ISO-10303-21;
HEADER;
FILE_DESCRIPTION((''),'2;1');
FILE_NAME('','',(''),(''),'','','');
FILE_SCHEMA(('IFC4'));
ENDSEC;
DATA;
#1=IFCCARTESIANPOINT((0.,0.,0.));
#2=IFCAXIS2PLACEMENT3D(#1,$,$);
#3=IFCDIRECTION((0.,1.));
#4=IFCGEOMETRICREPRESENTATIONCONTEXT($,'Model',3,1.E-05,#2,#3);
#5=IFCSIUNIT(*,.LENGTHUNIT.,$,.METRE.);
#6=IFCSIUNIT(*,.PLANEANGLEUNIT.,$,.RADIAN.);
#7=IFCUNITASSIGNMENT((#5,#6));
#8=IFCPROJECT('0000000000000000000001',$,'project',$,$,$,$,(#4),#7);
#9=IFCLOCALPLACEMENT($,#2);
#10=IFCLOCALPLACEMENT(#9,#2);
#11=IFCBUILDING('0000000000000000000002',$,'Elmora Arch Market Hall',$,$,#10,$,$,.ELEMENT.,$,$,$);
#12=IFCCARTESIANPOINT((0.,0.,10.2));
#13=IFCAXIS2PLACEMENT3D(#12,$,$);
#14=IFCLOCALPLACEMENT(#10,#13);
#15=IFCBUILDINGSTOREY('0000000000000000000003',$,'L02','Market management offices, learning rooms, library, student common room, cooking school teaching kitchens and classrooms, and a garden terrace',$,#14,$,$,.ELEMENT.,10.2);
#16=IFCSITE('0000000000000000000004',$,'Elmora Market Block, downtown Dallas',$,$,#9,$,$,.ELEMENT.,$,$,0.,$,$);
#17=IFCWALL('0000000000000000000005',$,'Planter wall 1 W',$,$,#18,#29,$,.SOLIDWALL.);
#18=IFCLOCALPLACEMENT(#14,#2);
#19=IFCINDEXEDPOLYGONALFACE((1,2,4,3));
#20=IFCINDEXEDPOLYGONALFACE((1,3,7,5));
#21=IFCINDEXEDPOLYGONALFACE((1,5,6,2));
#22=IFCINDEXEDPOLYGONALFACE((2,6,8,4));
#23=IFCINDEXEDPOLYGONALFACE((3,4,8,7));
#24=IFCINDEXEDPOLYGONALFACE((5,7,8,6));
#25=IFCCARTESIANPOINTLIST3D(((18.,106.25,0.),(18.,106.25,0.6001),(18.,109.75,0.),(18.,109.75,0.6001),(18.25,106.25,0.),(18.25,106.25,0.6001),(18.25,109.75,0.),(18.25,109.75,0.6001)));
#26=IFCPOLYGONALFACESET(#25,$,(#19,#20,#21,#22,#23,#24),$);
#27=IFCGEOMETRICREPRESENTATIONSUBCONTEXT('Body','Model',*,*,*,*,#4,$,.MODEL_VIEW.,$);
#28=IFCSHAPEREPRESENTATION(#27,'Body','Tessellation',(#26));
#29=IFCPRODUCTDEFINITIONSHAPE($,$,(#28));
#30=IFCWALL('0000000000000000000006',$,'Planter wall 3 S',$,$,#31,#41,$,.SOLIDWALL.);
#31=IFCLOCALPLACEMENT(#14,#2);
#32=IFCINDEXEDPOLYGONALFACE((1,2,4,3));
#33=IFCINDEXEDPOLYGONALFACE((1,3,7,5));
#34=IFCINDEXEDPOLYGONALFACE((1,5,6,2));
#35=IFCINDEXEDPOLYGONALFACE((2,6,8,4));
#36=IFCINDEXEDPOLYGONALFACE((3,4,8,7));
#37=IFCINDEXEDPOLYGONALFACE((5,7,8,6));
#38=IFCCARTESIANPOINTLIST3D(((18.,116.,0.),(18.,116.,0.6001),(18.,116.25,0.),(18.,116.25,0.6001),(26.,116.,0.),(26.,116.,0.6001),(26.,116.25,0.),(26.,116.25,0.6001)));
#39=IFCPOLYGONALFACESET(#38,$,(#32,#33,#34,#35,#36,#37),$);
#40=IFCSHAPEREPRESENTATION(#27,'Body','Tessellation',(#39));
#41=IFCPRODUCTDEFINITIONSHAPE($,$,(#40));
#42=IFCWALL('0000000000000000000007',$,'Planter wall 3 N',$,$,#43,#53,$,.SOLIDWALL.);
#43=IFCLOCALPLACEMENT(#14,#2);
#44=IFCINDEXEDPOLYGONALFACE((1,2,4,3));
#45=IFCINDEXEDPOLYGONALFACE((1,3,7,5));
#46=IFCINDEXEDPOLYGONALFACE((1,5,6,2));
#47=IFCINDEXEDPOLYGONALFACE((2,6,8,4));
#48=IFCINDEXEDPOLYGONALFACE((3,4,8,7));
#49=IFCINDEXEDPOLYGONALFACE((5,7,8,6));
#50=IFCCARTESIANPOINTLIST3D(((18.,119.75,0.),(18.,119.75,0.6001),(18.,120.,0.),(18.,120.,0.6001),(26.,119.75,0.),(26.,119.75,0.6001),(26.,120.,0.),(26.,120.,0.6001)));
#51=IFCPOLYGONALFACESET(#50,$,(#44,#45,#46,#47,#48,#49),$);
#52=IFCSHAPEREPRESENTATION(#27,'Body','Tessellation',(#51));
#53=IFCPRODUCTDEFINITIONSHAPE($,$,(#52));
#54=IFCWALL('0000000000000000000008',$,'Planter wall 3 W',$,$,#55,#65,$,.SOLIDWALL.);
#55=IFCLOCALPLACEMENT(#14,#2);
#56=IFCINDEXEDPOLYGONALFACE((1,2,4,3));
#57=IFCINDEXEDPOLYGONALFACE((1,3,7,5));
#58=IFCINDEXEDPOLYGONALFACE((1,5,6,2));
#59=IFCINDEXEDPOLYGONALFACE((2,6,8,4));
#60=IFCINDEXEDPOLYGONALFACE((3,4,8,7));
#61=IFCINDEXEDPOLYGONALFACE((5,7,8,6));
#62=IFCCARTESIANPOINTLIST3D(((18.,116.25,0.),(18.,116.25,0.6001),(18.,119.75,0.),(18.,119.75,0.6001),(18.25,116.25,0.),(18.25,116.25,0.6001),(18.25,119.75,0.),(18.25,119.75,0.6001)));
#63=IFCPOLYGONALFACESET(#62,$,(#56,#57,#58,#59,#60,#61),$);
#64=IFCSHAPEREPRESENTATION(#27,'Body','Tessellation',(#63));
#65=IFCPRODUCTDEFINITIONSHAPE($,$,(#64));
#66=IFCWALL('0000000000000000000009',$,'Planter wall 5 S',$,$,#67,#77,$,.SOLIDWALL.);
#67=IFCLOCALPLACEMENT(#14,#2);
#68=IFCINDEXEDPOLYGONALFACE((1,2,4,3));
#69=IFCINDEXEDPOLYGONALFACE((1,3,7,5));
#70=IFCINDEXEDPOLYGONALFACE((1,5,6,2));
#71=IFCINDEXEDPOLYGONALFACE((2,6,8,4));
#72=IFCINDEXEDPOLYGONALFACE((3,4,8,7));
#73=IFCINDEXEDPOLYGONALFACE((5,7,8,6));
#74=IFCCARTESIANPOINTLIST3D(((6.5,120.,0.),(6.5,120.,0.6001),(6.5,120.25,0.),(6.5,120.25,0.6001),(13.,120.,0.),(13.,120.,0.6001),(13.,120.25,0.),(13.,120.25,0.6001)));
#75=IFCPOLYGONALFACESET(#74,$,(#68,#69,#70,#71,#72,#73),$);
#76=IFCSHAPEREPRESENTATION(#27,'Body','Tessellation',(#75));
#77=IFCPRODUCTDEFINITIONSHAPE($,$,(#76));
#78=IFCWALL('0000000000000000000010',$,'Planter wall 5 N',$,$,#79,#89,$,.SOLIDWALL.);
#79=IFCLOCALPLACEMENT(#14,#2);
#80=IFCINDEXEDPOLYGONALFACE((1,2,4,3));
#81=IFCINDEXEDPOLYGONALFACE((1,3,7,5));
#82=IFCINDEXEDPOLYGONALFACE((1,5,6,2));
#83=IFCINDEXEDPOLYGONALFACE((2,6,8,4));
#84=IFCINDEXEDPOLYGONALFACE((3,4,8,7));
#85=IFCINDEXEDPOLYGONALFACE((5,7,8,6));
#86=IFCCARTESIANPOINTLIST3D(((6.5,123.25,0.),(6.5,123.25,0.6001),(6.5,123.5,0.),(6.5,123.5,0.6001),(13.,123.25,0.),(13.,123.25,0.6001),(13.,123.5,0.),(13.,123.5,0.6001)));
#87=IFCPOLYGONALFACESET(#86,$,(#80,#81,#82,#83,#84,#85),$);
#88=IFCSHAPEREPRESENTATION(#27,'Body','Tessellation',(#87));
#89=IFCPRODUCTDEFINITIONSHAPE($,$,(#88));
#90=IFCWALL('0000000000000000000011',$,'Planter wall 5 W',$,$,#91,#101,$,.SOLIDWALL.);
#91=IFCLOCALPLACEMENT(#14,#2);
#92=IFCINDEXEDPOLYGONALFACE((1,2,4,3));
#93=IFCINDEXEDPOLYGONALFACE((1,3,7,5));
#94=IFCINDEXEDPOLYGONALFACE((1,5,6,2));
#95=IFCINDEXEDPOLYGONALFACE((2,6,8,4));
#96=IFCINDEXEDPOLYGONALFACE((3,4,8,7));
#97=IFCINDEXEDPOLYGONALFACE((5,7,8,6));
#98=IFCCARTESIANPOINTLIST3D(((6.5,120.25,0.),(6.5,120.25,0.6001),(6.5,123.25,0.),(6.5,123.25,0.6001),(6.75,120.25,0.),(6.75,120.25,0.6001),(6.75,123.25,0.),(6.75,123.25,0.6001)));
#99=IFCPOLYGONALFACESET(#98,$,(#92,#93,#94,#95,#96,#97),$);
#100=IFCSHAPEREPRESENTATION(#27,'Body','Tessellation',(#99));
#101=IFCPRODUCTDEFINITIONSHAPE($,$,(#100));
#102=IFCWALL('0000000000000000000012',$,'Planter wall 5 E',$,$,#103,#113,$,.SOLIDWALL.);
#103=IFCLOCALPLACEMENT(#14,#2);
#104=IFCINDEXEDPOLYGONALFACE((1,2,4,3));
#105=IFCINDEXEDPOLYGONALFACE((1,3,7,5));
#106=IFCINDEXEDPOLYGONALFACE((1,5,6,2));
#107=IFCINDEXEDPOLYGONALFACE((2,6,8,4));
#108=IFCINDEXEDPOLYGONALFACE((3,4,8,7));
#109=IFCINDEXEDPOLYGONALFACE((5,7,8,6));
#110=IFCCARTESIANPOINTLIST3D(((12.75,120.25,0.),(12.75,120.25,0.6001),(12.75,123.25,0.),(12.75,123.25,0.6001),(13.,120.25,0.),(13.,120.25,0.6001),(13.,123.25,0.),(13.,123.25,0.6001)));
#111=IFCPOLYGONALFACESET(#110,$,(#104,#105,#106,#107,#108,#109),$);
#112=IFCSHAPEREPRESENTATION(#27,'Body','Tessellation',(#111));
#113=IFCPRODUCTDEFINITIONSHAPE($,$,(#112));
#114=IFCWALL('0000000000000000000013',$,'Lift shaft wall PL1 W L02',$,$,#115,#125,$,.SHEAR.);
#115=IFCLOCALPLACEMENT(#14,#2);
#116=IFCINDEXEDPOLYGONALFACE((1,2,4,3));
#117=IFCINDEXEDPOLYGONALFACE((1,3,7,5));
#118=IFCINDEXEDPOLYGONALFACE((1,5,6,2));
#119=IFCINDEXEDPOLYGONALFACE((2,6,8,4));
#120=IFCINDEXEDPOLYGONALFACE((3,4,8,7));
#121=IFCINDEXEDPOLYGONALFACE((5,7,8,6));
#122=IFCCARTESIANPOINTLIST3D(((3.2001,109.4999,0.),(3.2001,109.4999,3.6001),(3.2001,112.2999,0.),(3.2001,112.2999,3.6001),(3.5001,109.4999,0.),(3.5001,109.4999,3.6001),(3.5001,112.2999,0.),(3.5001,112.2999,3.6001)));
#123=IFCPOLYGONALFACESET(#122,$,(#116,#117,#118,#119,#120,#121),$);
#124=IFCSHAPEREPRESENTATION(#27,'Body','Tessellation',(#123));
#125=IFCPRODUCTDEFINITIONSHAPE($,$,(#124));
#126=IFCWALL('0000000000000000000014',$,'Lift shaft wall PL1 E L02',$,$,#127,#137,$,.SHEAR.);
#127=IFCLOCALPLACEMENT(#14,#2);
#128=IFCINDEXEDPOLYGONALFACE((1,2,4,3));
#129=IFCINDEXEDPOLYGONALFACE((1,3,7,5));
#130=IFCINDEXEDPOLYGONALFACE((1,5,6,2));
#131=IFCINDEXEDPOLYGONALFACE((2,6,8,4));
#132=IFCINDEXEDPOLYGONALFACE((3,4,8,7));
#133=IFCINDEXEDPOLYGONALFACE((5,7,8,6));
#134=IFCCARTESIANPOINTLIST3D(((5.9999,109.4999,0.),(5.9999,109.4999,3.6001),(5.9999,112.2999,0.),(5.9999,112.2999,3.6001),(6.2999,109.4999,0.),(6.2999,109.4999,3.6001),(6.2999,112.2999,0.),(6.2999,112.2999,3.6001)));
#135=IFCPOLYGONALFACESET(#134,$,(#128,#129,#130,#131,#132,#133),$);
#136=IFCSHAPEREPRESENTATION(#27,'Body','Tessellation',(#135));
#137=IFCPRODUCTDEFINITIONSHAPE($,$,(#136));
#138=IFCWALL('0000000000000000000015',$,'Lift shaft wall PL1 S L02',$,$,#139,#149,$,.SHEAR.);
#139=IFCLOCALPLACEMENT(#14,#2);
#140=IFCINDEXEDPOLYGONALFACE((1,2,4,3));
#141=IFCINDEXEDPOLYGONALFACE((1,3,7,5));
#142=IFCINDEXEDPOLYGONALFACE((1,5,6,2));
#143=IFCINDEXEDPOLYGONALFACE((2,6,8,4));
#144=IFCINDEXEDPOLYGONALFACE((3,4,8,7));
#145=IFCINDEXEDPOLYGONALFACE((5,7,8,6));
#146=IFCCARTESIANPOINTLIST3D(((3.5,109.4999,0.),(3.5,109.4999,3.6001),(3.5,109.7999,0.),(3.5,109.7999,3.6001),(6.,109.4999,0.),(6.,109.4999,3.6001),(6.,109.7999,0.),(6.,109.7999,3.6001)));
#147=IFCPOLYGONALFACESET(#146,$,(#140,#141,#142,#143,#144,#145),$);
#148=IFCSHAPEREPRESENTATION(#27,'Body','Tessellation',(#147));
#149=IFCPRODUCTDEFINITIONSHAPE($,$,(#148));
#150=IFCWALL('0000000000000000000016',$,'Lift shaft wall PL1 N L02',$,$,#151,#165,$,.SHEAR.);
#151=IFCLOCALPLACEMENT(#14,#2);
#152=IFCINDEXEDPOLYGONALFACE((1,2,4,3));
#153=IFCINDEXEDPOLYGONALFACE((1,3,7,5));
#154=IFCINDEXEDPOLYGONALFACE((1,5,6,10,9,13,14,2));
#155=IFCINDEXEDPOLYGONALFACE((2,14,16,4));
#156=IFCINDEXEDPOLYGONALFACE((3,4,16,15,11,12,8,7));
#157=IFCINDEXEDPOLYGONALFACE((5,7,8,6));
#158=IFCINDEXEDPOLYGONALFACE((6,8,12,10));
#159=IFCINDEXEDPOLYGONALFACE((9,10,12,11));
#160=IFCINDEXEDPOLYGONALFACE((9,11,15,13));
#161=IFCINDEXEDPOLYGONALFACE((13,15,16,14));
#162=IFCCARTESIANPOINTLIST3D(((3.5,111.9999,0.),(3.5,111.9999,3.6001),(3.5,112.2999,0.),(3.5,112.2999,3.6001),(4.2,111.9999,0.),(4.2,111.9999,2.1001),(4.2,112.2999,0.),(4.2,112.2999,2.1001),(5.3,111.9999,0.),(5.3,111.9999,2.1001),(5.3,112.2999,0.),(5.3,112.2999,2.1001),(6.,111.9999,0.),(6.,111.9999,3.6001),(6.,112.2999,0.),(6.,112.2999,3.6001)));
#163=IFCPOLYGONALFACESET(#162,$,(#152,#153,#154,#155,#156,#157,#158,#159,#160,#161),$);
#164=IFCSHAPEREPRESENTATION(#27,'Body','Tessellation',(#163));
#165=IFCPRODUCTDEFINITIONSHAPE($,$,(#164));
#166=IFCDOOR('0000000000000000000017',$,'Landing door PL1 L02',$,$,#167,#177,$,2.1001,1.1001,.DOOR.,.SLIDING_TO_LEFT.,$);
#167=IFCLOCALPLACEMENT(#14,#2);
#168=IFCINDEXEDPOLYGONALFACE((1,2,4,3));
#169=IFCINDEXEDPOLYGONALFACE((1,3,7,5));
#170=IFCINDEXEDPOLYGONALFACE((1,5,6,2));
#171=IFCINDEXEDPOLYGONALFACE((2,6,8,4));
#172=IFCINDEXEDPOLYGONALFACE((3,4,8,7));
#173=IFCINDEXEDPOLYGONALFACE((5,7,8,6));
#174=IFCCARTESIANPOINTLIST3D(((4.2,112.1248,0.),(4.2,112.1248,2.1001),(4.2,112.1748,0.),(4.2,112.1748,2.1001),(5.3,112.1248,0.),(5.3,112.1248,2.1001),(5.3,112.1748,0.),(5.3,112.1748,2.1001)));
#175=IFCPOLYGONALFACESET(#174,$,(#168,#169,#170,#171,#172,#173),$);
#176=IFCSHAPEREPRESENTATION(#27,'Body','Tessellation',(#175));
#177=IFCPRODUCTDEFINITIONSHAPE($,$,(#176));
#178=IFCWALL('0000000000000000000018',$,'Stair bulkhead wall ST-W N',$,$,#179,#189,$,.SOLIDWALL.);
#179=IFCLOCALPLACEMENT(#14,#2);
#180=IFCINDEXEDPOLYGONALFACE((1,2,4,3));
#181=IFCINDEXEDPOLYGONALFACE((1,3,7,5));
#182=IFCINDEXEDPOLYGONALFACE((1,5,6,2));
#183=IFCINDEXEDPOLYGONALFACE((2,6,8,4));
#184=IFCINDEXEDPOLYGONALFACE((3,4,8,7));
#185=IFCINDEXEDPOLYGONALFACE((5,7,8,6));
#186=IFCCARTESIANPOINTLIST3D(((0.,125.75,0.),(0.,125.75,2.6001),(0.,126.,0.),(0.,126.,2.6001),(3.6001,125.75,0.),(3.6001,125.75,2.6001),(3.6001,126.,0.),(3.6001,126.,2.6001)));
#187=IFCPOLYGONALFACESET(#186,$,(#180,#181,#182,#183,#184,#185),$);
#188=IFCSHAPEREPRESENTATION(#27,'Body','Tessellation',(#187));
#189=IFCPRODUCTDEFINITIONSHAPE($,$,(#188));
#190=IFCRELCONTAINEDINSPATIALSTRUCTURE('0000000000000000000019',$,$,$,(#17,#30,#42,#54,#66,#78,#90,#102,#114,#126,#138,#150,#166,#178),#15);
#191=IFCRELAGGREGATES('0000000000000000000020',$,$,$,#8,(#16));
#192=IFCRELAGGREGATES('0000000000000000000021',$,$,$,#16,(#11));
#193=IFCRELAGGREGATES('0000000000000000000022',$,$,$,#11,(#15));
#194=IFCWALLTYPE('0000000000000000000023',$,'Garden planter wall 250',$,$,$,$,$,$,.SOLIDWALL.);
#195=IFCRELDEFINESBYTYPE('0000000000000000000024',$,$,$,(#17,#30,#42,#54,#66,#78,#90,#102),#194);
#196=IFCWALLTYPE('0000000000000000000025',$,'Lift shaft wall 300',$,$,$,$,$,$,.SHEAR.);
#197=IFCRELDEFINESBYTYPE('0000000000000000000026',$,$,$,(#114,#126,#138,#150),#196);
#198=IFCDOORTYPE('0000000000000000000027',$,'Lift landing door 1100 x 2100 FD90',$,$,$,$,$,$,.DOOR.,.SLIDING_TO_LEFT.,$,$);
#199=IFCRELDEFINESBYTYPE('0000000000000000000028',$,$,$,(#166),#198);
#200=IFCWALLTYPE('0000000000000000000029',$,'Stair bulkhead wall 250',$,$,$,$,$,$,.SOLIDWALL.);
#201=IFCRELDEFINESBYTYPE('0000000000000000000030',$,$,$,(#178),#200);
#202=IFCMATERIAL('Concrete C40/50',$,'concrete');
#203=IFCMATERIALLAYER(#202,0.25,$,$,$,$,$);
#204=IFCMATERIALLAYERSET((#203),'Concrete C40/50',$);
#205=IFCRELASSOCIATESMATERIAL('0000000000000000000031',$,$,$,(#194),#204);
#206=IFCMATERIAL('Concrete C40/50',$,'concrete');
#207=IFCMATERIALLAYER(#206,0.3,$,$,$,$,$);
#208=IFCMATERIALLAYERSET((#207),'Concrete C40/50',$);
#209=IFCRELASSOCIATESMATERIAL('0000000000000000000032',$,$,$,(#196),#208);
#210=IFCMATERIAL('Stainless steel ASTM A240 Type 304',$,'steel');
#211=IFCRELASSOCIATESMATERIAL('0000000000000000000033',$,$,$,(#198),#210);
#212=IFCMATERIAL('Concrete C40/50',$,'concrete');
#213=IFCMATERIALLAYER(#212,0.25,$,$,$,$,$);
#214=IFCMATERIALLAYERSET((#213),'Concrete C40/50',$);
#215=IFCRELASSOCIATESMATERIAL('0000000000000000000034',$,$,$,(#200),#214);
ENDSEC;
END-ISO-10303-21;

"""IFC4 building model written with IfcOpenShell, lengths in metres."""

from ifc_helpers import new_model, si_unit, direction, frame, frame_2d, origin, place, context, subcontext, project, spatial, rectangle, extrude, material, layer, layer_set, type_object, element, fill, save


model = new_model("IFC4")

# Units and contexts
model_context = context("Model", 3, precision=1e-05, world=origin(), true_north=direction((0.0, 1.0)))
body_context = subcontext(model_context, "Body", "Model", "MODEL_VIEW")
ifc_project = project(units=[si_unit("LENGTHUNIT", "METRE"), si_unit("PLANEANGLEUNIT", "RADIAN")], contexts=[model_context])

# Site, building, storey
site_placement = place(None, origin())
site = spatial("IfcSite", under=ifc_project, at=site_placement, Name="Elmora Market Block, downtown Dallas", CompositionType="ELEMENT", RefElevation=0.0)
building_placement = place(site_placement, origin())
building = spatial("IfcBuilding", under=site, at=building_placement, Name="Elmora Arch Market Hall", CompositionType="ELEMENT")
storey_placement = place(building_placement, frame((0.0, 0.0, 10.2)))
storey = spatial("IfcBuildingStorey", under=building, at=storey_placement, Name="L02", Description="Market management offices, learning rooms, library, student common room, cooking school teaching kitchens and classrooms, and a garden terrace", CompositionType="ELEMENT", Elevation=10.2)

# Walls
ifc_material_1 = material(Name="Concrete C40/50", Category="concrete")
ifc_layer_1 = layer(ifc_material_1, 0.25)
ifc_layer_set_1 = layer_set([ifc_layer_1], Name="Concrete C40/50")
wall_type_1 = type_object("IfcWallType", Name="Garden planter wall 250", PredefinedType="SOLIDWALL", material=ifc_layer_set_1)
wall_1_placement = place(storey_placement, frame((18.125, 106.25, 0.0), z_axis=(0.0, 0.0, 1.0), x_axis=(0.0, 1.0, 0.0)))
element("IfcWall", 1, at=wall_1_placement, inside=storey, type_object=wall_type_1, Name="Planter wall 1 W", PredefinedType="SOLIDWALL", context=body_context, shape_type="SweptSolid", body=[
    extrude(rectangle(XDim=3.5, YDim=0.25, at=frame_2d((1.75, 0.0))), origin(), (0.0, 0.0, 1.0), 0.6001),
])
for number, where, z_axis, x_axis, name in (
    (2, (18.0, 116.125, 0.0), (0.0, 0.0, 1.0), (1.0, 0.0, 0.0), "Planter wall 3 S"),
    (3, (18.0, 119.875, 0.0), (0.0, 0.0, 1.0), (1.0, 0.0, 0.0), "Planter wall 3 N"),
):
    element("IfcWall", number, at=place(storey_placement, frame(where, z_axis=z_axis, x_axis=x_axis)), inside=storey, type_object=wall_type_1, Name=name, PredefinedType="SOLIDWALL", context=body_context, shape_type="SweptSolid", body=[
        extrude(rectangle(XDim=8.0, YDim=0.25, at=frame_2d((4.0, 0.0))), origin(), (0.0, 0.0, 1.0), 0.6001),
    ])
wall_2_placement = place(storey_placement, frame((18.125, 116.25, 0.0), z_axis=(0.0, 0.0, 1.0), x_axis=(0.0, 1.0, 0.0)))
element("IfcWall", 4, at=wall_2_placement, inside=storey, type_object=wall_type_1, Name="Planter wall 3 W", PredefinedType="SOLIDWALL", context=body_context, shape_type="SweptSolid", body=[
    extrude(rectangle(XDim=3.5, YDim=0.25, at=frame_2d((1.75, 0.0))), origin(), (0.0, 0.0, 1.0), 0.6001),
])
for number, where, z_axis, x_axis, name in (
    (5, (6.5, 120.125, 0.0), (0.0, 0.0, 1.0), (1.0, 0.0, 0.0), "Planter wall 5 S"),
    (6, (6.5, 123.375, 0.0), (0.0, 0.0, 1.0), (1.0, 0.0, 0.0), "Planter wall 5 N"),
):
    element("IfcWall", number, at=place(storey_placement, frame(where, z_axis=z_axis, x_axis=x_axis)), inside=storey, type_object=wall_type_1, Name=name, PredefinedType="SOLIDWALL", context=body_context, shape_type="SweptSolid", body=[
        extrude(rectangle(XDim=6.5, YDim=0.25, at=frame_2d((3.25, 0.0))), origin(), (0.0, 0.0, 1.0), 0.6001),
    ])
for number, where, z_axis, x_axis, name in (
    (7, (6.625, 120.25, 0.0), (0.0, 0.0, 1.0), (0.0, 1.0, 0.0), "Planter wall 5 W"),
    (8, (12.875, 120.25, 0.0), (0.0, 0.0, 1.0), (0.0, 1.0, 0.0), "Planter wall 5 E"),
):
    element("IfcWall", number, at=place(storey_placement, frame(where, z_axis=z_axis, x_axis=x_axis)), inside=storey, type_object=wall_type_1, Name=name, PredefinedType="SOLIDWALL", context=body_context, shape_type="SweptSolid", body=[
        extrude(rectangle(XDim=3.0, YDim=0.25, at=frame_2d((1.5, 0.0))), origin(), (0.0, 0.0, 1.0), 0.6001),
    ])
ifc_material_2 = material(Name="Concrete C40/50", Category="concrete")
ifc_layer_2 = layer(ifc_material_2, 0.3)
ifc_layer_set_2 = layer_set([ifc_layer_2], Name="Concrete C40/50")
wall_type_2 = type_object("IfcWallType", Name="Lift shaft wall 300", PredefinedType="SHEAR", material=ifc_layer_set_2)
for number, where, z_axis, x_axis, name in (
    (9, (3.3501, 109.5, 0.0), (0.0, 0.0, 1.0), (0.0, 1.0, 0.0), "Lift shaft wall PL1 W L02"),
    (10, (6.1499, 109.5, 0.0), (0.0, 0.0, 1.0), (0.0, 1.0, 0.0), "Lift shaft wall PL1 E L02"),
):
    element("IfcWall", number, at=place(storey_placement, frame(where, z_axis=z_axis, x_axis=x_axis)), inside=storey, type_object=wall_type_2, Name=name, PredefinedType="SHEAR", context=body_context, shape_type="SweptSolid", body=[
        extrude(rectangle(XDim=2.8, YDim=0.3, at=frame_2d((1.3999, 0.0))), origin(), (0.0, 0.0, 1.0), 3.6001),
    ])
wall_3_placement = place(storey_placement, frame((3.5, 109.6499, 0.0), z_axis=(0.0, 0.0, 1.0), x_axis=(1.0, 0.0, 0.0)))
element("IfcWall", 11, at=wall_3_placement, inside=storey, type_object=wall_type_2, Name="Lift shaft wall PL1 S L02", PredefinedType="SHEAR", context=body_context, shape_type="SweptSolid", body=[
    extrude(rectangle(XDim=2.5, YDim=0.3, at=frame_2d((1.25, 0.0))), origin(), (0.0, 0.0, 1.0), 3.6001),
])

# Wall, opening, door
wall_4_placement = place(storey_placement, frame((3.5, 112.1499, 0.0), z_axis=(0.0, 0.0, 1.0), x_axis=(1.0, 0.0, 0.0)))
wall_4 = element("IfcWall", 12, at=wall_4_placement, inside=storey, type_object=wall_type_2, Name="Lift shaft wall PL1 N L02", PredefinedType="SHEAR", context=body_context, shape_type="SweptSolid", body=[
    extrude(rectangle(XDim=2.5, YDim=0.3, at=frame_2d((1.25, 0.0))), origin(), (0.0, 0.0, 1.0), 3.6001),
])
opening_1_placement = place(wall_4_placement, frame((0.7, 0.0, 0.0)))
opening_1 = element("IfcOpeningElement", 13, at=opening_1_placement, cuts=wall_4, PredefinedType="OPENING", context=body_context, shape_type="SweptSolid", body=[
    extrude(rectangle(XDim=1.1001, YDim=2.1001, at=frame_2d((0.55, 1.05))), frame((0.0, 0.1599, 0.0), z_axis=(0.0, -1.0, 0.0), x_axis=(1.0, 0.0, 0.0)), (0.0, 0.0, 1.0), 0.3201),
])
ifc_material_3 = material(Name="Stainless steel ASTM A240 Type 304", Category="steel")
door_type_1 = type_object("IfcDoorType", Name="Lift landing door 1100 x 2100 FD90", OperationType="SLIDING_TO_LEFT", PredefinedType="DOOR", material=ifc_material_3)
door_1_placement = place(opening_1_placement, origin())
door_1 = element("IfcDoor", 14, at=door_1_placement, inside=storey, type_object=door_type_1, Name="Landing door PL1 L02", OperationType="SLIDING_TO_LEFT", OverallHeight=2.1001, OverallWidth=1.1001, PredefinedType="DOOR", context=body_context, shape_type="SweptSolid", body=[
    extrude(rectangle(XDim=1.1001, YDim=2.1001, at=frame_2d((0.55, 1.05))), frame((0.0, 0.0249, 0.0), z_axis=(0.0, -1.0, 0.0), x_axis=(1.0, 0.0, 0.0)), (0.0, 0.0, 1.0), 0.05),
])
fill(opening_1, door_1)

# Wall
ifc_material_4 = material(Name="Concrete C40/50", Category="concrete")
ifc_layer_3 = layer(ifc_material_4, 0.25)
ifc_layer_set_3 = layer_set([ifc_layer_3], Name="Concrete C40/50")
wall_type_3 = type_object("IfcWallType", Name="Stair bulkhead wall 250", PredefinedType="SOLIDWALL", material=ifc_layer_set_3)
wall_5_placement = place(storey_placement, frame((0.0, 125.875, 0.0), z_axis=(0.0, 0.0, 1.0), x_axis=(1.0, 0.0, 0.0)))
element("IfcWall", 15, at=wall_5_placement, inside=storey, type_object=wall_type_3, Name="Stair bulkhead wall ST-W N", PredefinedType="SOLIDWALL", context=body_context, shape_type="SweptSolid", body=[
    extrude(rectangle(XDim=3.6001, YDim=0.25, at=frame_2d((1.8, 0.0))), origin(), (0.0, 0.0, 1.0), 2.6001),
])

save(model, "model.ifc")
